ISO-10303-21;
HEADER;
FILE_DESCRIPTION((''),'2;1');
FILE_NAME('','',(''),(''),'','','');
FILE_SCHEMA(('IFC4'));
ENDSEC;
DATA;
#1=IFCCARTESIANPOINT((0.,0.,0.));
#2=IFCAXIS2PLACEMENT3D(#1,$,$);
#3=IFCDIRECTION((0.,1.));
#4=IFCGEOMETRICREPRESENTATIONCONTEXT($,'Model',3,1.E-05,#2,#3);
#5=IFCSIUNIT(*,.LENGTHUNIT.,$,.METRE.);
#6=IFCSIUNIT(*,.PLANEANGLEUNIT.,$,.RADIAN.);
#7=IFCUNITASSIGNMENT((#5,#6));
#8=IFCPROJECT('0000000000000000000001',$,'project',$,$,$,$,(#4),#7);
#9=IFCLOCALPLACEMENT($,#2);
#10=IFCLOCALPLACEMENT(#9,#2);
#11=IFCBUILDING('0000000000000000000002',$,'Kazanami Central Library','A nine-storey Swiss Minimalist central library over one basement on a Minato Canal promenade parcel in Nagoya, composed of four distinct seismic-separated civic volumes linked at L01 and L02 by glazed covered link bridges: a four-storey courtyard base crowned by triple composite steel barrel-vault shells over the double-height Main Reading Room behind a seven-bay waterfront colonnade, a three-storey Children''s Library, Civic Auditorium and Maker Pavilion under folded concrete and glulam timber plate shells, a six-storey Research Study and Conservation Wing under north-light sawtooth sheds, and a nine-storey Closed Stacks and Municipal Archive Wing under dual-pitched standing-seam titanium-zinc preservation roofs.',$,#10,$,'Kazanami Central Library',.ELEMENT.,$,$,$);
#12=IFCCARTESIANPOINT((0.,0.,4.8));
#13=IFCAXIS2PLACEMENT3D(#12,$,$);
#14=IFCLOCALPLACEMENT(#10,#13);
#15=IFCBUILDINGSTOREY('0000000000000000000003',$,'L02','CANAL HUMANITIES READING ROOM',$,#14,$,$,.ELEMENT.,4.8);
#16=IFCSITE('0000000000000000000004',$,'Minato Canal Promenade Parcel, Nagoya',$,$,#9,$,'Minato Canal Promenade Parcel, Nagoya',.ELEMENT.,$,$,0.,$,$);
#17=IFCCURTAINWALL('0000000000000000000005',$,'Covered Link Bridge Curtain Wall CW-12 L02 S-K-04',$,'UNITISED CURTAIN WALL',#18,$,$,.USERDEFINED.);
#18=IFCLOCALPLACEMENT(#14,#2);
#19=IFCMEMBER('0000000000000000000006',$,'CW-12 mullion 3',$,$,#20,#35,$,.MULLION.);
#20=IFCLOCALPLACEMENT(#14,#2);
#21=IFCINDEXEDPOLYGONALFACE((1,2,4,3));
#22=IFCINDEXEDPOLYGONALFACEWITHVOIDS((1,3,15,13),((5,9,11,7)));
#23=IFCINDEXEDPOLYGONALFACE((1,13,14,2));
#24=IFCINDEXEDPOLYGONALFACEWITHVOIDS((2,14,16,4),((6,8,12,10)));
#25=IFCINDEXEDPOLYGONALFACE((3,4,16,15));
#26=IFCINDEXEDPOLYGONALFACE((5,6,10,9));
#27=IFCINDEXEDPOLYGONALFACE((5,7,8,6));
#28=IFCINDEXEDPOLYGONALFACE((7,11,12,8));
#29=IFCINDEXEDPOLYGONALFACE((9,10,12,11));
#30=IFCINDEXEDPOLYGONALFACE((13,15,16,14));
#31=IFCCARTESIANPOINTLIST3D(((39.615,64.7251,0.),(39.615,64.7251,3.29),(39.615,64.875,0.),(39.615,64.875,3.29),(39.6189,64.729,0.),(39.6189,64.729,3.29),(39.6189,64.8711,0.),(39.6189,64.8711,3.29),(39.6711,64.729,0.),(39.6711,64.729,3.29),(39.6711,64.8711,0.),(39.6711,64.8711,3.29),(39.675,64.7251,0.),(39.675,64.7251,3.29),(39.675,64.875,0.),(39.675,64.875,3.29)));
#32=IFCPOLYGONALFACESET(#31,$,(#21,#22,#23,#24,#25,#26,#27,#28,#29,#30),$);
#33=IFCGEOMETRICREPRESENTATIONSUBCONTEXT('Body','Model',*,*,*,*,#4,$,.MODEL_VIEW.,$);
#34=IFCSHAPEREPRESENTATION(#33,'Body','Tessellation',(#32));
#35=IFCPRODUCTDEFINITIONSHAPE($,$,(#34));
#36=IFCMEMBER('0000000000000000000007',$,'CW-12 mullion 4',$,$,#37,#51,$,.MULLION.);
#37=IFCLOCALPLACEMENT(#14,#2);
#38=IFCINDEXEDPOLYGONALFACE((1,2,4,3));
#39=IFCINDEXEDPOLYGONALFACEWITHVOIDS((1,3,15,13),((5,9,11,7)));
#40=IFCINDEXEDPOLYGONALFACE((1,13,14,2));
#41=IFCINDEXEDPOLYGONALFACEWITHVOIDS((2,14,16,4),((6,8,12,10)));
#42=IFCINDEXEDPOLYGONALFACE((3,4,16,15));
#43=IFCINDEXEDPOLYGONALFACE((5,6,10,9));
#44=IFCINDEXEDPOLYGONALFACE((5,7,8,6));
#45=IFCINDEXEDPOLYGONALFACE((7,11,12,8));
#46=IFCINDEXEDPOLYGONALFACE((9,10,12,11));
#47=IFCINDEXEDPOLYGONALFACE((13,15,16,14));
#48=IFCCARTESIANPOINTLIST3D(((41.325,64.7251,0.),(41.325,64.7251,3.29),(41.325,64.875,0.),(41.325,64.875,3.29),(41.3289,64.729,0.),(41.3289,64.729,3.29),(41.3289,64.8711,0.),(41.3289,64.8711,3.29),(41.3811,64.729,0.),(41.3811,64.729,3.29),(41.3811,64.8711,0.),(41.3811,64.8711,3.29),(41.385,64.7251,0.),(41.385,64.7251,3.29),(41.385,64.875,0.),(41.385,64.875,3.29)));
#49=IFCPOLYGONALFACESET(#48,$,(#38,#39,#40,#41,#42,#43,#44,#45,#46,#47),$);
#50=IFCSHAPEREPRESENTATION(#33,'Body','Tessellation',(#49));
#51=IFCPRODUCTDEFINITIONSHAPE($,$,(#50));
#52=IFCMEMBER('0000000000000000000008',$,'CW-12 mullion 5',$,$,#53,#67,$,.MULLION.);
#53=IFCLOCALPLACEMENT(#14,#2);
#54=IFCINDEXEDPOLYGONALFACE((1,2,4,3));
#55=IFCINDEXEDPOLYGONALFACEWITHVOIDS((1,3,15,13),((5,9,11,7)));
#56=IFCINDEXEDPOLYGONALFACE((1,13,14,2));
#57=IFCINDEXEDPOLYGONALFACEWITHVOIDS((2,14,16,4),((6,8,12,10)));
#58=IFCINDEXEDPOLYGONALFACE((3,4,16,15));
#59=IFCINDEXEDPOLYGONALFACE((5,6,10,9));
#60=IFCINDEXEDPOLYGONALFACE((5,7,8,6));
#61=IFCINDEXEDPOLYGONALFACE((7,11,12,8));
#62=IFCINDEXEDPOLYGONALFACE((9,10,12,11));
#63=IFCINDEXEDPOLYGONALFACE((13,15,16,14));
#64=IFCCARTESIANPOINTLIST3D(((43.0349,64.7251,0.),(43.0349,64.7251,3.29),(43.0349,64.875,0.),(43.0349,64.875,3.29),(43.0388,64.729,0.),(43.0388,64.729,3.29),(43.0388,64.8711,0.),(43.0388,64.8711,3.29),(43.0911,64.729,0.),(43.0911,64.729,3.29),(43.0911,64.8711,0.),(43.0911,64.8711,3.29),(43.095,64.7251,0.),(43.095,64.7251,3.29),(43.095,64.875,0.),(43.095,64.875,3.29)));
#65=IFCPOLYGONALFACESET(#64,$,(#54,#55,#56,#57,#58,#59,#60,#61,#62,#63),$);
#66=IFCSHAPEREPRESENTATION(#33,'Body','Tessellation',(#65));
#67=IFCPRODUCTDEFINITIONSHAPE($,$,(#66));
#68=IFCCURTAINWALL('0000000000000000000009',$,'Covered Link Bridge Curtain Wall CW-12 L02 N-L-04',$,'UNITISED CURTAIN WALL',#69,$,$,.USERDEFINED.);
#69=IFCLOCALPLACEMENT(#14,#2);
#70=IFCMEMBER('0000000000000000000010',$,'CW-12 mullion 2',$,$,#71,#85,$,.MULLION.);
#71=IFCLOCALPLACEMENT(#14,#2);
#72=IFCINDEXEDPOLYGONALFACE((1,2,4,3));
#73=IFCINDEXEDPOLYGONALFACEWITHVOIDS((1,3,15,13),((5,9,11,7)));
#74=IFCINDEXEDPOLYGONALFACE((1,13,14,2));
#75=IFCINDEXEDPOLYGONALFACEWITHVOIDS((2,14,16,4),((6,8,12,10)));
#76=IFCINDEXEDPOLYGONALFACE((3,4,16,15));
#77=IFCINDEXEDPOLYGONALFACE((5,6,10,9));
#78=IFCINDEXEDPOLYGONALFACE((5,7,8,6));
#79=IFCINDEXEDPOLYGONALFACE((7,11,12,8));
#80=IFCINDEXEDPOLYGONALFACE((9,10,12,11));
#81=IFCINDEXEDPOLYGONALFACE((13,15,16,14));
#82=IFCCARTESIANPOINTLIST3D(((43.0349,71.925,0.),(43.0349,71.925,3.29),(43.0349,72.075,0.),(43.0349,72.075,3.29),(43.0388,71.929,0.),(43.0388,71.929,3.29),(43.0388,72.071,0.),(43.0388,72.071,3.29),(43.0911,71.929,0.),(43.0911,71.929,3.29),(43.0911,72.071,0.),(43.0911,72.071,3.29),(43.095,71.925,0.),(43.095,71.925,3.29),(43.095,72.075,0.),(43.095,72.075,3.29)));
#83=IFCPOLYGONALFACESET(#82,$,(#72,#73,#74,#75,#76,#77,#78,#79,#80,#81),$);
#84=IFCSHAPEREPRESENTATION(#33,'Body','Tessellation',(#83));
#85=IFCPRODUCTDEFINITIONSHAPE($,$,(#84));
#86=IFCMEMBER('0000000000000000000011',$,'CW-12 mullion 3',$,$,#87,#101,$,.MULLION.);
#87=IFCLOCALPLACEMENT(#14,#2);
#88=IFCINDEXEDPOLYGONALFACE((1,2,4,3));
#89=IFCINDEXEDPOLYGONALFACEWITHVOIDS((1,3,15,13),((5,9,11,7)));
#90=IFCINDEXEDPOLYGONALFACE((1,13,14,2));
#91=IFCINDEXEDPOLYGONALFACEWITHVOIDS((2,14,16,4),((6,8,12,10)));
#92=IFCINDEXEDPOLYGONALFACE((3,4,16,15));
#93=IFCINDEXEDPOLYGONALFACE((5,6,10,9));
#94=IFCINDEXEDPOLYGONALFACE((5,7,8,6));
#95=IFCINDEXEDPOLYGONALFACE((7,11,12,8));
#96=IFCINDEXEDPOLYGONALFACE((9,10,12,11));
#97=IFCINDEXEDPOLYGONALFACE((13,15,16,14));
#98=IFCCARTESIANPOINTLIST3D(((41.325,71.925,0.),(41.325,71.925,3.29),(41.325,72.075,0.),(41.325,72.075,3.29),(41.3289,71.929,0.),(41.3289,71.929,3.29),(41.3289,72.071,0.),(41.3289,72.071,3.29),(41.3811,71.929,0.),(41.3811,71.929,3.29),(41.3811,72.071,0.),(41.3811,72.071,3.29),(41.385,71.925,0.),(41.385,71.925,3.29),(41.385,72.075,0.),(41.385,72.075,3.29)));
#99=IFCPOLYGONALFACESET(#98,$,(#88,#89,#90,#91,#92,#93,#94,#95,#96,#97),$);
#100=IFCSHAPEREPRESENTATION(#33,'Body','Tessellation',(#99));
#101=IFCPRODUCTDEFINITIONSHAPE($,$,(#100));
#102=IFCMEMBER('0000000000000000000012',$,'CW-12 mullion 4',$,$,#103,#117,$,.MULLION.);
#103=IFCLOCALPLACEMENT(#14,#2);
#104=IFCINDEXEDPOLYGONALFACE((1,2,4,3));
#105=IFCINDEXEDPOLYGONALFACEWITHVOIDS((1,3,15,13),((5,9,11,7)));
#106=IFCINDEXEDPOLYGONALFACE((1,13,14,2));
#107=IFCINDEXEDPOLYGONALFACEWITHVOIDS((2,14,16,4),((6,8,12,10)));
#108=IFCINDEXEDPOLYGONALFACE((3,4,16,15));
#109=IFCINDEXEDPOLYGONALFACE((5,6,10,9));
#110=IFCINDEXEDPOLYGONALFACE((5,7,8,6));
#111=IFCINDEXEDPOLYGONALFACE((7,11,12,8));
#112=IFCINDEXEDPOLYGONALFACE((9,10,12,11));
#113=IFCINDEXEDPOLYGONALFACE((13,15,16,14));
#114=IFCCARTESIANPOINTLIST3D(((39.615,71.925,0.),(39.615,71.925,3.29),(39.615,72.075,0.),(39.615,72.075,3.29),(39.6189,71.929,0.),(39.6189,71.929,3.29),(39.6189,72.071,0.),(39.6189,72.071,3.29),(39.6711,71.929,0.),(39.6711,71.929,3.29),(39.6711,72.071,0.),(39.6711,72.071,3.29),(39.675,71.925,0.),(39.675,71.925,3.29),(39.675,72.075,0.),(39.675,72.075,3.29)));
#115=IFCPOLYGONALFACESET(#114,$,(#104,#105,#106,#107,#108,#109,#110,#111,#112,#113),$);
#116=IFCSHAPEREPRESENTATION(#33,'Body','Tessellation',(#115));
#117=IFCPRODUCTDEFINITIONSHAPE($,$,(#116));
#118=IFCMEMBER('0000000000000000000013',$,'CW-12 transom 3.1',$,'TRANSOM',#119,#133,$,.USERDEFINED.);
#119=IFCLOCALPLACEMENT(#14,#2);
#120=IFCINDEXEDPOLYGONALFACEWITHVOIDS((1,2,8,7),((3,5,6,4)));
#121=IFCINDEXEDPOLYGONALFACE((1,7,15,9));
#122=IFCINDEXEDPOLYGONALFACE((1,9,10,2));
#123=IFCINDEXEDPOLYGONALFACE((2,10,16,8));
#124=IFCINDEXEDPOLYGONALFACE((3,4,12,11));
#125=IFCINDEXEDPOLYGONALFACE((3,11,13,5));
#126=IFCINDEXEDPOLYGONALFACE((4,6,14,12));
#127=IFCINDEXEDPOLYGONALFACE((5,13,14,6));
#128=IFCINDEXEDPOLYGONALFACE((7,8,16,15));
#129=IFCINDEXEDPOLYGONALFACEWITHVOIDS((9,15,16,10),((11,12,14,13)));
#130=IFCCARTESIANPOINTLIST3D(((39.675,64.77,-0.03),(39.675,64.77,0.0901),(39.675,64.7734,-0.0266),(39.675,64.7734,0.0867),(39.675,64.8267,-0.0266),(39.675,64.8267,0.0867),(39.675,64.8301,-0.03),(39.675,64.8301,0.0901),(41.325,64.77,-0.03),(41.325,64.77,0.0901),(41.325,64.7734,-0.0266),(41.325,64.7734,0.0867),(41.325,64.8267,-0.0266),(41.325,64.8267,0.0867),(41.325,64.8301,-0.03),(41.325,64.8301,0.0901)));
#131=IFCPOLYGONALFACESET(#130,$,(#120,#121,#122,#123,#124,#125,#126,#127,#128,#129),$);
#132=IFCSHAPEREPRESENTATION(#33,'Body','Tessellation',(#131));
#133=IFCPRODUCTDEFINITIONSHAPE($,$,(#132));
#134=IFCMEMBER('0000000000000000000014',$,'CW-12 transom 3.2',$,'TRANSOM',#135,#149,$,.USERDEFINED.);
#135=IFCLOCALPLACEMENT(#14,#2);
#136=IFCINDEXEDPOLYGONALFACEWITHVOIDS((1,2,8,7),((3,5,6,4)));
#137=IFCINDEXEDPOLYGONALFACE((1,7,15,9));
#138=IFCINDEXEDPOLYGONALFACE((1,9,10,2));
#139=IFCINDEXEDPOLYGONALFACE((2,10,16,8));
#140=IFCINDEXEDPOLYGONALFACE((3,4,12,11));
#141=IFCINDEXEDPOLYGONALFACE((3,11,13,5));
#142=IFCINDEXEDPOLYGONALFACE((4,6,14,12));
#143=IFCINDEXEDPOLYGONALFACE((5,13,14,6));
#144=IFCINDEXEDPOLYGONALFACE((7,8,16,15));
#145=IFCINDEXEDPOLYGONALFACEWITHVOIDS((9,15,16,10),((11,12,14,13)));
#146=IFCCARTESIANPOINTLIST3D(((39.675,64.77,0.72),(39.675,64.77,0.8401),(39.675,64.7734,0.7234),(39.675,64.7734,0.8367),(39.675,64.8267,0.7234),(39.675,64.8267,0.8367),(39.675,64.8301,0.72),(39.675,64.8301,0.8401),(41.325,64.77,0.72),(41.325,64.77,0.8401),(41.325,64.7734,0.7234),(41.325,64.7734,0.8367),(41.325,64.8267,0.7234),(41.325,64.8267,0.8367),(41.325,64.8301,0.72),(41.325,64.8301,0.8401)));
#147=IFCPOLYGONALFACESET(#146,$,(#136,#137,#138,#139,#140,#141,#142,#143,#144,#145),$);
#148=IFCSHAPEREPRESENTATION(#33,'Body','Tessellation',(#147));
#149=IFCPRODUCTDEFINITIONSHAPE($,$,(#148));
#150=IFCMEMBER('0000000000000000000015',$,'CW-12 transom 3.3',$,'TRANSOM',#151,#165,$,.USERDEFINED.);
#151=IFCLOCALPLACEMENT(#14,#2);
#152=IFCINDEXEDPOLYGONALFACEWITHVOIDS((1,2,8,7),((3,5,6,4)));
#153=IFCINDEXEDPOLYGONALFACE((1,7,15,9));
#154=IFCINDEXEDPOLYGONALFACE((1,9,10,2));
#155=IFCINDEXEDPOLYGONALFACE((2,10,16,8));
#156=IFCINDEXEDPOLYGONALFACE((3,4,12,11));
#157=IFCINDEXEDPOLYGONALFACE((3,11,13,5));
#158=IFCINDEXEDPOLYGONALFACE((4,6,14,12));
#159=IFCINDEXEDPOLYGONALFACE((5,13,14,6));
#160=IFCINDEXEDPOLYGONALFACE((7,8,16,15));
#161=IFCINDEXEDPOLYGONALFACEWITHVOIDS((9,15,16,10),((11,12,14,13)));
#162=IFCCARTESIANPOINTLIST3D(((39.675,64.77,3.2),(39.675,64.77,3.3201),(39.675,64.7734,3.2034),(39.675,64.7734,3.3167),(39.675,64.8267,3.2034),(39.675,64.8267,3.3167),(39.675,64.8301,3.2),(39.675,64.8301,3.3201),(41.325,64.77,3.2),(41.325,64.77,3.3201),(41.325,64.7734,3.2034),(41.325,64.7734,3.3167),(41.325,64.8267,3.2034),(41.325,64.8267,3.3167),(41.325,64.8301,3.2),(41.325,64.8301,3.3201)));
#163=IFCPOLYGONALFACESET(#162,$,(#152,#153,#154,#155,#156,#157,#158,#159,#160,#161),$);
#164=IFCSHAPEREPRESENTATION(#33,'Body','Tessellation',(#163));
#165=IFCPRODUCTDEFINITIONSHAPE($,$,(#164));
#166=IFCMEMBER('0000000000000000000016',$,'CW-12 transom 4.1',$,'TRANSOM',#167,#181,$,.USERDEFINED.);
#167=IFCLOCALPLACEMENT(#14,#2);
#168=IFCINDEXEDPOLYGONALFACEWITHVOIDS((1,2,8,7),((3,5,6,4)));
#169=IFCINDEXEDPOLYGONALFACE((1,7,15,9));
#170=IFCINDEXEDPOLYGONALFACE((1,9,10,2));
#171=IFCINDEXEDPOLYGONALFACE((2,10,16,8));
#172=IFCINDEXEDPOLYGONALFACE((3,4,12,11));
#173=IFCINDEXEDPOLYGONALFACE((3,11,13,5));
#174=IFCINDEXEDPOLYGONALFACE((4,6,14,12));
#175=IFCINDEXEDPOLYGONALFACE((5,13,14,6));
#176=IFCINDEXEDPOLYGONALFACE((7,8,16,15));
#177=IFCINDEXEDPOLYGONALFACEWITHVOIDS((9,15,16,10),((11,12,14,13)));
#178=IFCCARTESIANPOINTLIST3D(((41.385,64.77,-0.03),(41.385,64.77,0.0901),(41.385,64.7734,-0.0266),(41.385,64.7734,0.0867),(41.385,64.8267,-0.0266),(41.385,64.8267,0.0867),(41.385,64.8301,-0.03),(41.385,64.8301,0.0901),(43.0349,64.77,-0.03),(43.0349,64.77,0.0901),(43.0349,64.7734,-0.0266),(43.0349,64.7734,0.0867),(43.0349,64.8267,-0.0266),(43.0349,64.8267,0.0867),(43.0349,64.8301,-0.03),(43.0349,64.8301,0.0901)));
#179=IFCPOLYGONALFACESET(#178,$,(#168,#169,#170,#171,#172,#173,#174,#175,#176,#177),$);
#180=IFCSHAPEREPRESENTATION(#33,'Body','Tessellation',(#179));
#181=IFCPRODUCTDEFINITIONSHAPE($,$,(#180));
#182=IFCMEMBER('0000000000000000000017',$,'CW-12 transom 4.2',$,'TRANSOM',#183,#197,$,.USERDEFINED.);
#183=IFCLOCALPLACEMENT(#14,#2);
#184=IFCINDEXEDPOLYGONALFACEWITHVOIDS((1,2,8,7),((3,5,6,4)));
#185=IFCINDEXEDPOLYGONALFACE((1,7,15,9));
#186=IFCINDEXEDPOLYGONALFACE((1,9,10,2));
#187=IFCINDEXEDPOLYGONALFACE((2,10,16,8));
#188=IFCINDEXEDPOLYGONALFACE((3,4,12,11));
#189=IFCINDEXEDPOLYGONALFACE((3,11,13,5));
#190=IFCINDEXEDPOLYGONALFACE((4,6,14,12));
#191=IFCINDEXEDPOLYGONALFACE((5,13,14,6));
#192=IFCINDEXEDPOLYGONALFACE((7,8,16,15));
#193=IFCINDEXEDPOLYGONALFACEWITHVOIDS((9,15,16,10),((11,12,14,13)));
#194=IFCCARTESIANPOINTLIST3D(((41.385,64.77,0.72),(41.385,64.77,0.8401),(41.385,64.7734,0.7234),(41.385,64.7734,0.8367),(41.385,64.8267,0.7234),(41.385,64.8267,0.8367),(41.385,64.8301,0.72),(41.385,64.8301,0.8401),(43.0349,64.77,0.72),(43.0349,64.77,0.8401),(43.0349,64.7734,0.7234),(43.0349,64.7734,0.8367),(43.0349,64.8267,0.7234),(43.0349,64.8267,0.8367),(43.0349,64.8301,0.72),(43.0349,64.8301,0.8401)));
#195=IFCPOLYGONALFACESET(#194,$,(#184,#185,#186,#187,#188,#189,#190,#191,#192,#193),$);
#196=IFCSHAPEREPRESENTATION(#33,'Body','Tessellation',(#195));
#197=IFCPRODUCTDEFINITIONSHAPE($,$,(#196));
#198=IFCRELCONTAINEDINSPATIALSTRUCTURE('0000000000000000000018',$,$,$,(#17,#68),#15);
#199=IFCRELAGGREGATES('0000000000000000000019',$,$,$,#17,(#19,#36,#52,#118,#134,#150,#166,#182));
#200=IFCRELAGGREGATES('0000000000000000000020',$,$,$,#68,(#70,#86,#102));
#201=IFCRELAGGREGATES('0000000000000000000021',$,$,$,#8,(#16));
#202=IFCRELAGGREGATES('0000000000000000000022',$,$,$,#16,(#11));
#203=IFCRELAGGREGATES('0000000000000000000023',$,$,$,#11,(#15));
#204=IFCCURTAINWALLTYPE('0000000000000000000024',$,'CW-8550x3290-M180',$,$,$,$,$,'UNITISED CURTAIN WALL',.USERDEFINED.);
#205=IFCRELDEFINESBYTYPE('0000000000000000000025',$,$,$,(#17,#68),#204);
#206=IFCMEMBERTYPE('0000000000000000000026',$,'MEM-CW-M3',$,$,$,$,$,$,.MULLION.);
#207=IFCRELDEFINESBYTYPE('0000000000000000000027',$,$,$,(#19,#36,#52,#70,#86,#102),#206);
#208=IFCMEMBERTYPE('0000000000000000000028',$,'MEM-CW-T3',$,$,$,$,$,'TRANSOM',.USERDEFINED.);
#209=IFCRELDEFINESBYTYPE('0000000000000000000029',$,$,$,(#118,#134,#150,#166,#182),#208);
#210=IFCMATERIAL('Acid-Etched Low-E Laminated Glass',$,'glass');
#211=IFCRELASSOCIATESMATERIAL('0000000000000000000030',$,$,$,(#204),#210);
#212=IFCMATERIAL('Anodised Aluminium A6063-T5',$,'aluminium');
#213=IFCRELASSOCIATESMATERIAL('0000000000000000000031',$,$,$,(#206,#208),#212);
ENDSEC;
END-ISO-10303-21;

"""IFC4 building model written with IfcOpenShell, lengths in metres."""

from ifc_helpers import new_model, si_unit, direction, frame, origin, origin_2d, place, context, subcontext, project, spatial, hollow_rectangle, extrude, material, material_profile, profile_set, type_object, element, aggregate, save


model = new_model("IFC4")

# Units and contexts
model_context = context("Model", 3, precision=1e-05, world=origin(), true_north=direction((0.0, 1.0)))
body_context = subcontext(model_context, "Body", "Model", "MODEL_VIEW")
ifc_project = project(units=[si_unit("LENGTHUNIT", "METRE"), si_unit("PLANEANGLEUNIT", "RADIAN")], contexts=[model_context])

# Site, building, storey
site_placement = place(None, origin())
site = spatial("IfcSite", under=ifc_project, at=site_placement, Name="Minato Canal Promenade Parcel, Nagoya", LongName="Minato Canal Promenade Parcel, Nagoya", CompositionType="ELEMENT", RefElevation=0.0)
building_placement = place(site_placement, origin())
building = spatial("IfcBuilding", under=site, at=building_placement, Name="Kazanami Central Library", Description="A nine-storey Swiss Minimalist central library over one basement on a Minato Canal promenade parcel in Nagoya, composed of four distinct seismic-separated civic volumes linked at L01 and L02 by glazed covered link bridges: a four-storey courtyard base crowned by triple composite steel barrel-vault shells over the double-height Main Reading Room behind a seven-bay waterfront colonnade, a three-storey Children's Library, Civic Auditorium and Maker Pavilion under folded concrete and glulam timber plate shells, a six-storey Research Study and Conservation Wing under north-light sawtooth sheds, and a nine-storey Closed Stacks and Municipal Archive Wing under dual-pitched standing-seam titanium-zinc preservation roofs.", LongName="Kazanami Central Library", CompositionType="ELEMENT")
storey_placement = place(building_placement, frame((0.0, 0.0, 4.8)))
storey = spatial("IfcBuildingStorey", under=building, at=storey_placement, Name="L02", Description="CANAL HUMANITIES READING ROOM", CompositionType="ELEMENT", Elevation=4.8)

# Curtain walls, members
ifc_material_1 = material(Name="Acid-Etched Low-E Laminated Glass", Category="glass")
curtain_wall_type = type_object("IfcCurtainWallType", Name="CW-8550x3290-M180", ElementType="UNITISED CURTAIN WALL", PredefinedType="USERDEFINED", material=ifc_material_1)
curtain_wall_1_placement = place(storey_placement, origin())
curtain_wall_1 = element("IfcCurtainWall", 1, at=curtain_wall_1_placement, inside=storey, type_object=curtain_wall_type, Name="Covered Link Bridge Curtain Wall CW-12 L02 S-K-04", ObjectType="UNITISED CURTAIN WALL", PredefinedType="USERDEFINED")
ifc_material_2 = material(Name="Anodised Aluminium A6063-T5", Category="aluminium")
ifc_material_profile_1 = material_profile(ifc_material_2, hollow_rectangle(XDim=0.0601, YDim=0.1499, WallThickness=0.0039, at=origin_2d()), Name="ALU-MULL-60x150x4")
ifc_profile_set_1 = profile_set([ifc_material_profile_1], Name="Anodised Aluminium A6063-T5")
member_type_1 = type_object("IfcMemberType", Name="MEM-CW-M3", PredefinedType="MULLION", material=ifc_profile_set_1)
member_1_placement = place(storey_placement, frame((39.645, 64.8, 0.0), z_axis=(0.0, 0.0, 1.0), x_axis=(1.0, 0.0, 0.0)))
member_1 = element("IfcMember", 2, at=member_1_placement, type_object=member_type_1, Name="CW-12 mullion 3", PredefinedType="MULLION", context=body_context, shape_type="SweptSolid", body=[
    extrude(hollow_rectangle(XDim=0.0601, YDim=0.1499, WallThickness=0.0039, at=origin_2d()), origin(), (0.0, 0.0, 1.0), 3.29),
])
member_2_placement = place(storey_placement, frame((41.355, 64.8, 0.0), z_axis=(0.0, 0.0, 1.0), x_axis=(1.0, 0.0, 0.0)))
member_2 = element("IfcMember", 3, at=member_2_placement, type_object=member_type_1, Name="CW-12 mullion 4", PredefinedType="MULLION", context=body_context, shape_type="SweptSolid", body=[
    extrude(hollow_rectangle(XDim=0.0601, YDim=0.1499, WallThickness=0.0039, at=origin_2d()), origin(), (0.0, 0.0, 1.0), 3.29),
])
member_3_placement = place(storey_placement, frame((43.0649, 64.8, 0.0), z_axis=(0.0, 0.0, 1.0), x_axis=(1.0, 0.0, 0.0)))
member_3 = element("IfcMember", 4, at=member_3_placement, type_object=member_type_1, Name="CW-12 mullion 5", PredefinedType="MULLION", context=body_context, shape_type="SweptSolid", body=[
    extrude(hollow_rectangle(XDim=0.0601, YDim=0.1499, WallThickness=0.0039, at=origin_2d()), origin(), (0.0, 0.0, 1.0), 3.29),
])
curtain_wall_2_placement = place(storey_placement, origin())
curtain_wall_2 = element("IfcCurtainWall", 5, at=curtain_wall_2_placement, inside=storey, type_object=curtain_wall_type, Name="Covered Link Bridge Curtain Wall CW-12 L02 N-L-04", ObjectType="UNITISED CURTAIN WALL", PredefinedType="USERDEFINED")
member_4_placement = place(storey_placement, frame((43.0649, 72.0, 0.0), z_axis=(0.0, 0.0, 1.0), x_axis=(-1.0, 0.0, 0.0)))
member_4 = element("IfcMember", 6, at=member_4_placement, type_object=member_type_1, Name="CW-12 mullion 2", PredefinedType="MULLION", context=body_context, shape_type="SweptSolid", body=[
    extrude(hollow_rectangle(XDim=0.0601, YDim=0.1499, WallThickness=0.0039, at=origin_2d()), origin(), (0.0, 0.0, 1.0), 3.29),
])
member_5_placement = place(storey_placement, frame((41.355, 72.0, 0.0), z_axis=(0.0, 0.0, 1.0), x_axis=(-1.0, 0.0, 0.0)))
member_5 = element("IfcMember", 7, at=member_5_placement, type_object=member_type_1, Name="CW-12 mullion 3", PredefinedType="MULLION", context=body_context, shape_type="SweptSolid", body=[
    extrude(hollow_rectangle(XDim=0.0601, YDim=0.1499, WallThickness=0.0039, at=origin_2d()), origin(), (0.0, 0.0, 1.0), 3.29),
])
member_6_placement = place(storey_placement, frame((39.645, 72.0, 0.0), z_axis=(0.0, 0.0, 1.0), x_axis=(-1.0, 0.0, 0.0)))
member_6 = element("IfcMember", 8, at=member_6_placement, type_object=member_type_1, Name="CW-12 mullion 4", PredefinedType="MULLION", context=body_context, shape_type="SweptSolid", body=[
    extrude(hollow_rectangle(XDim=0.0601, YDim=0.1499, WallThickness=0.0039, at=origin_2d()), origin(), (0.0, 0.0, 1.0), 3.29),
])

# Members
ifc_material_profile_2 = material_profile(ifc_material_2, hollow_rectangle(XDim=0.0601, YDim=0.1201, WallThickness=0.0034, at=origin_2d()), Name="ALU-TRAN-60x120x3.5")
ifc_profile_set_2 = profile_set([ifc_material_profile_2], Name="Anodised Aluminium A6063-T5")
member_type_2 = type_object("IfcMemberType", Name="MEM-CW-T3", ElementType="TRANSOM", PredefinedType="USERDEFINED", material=ifc_profile_set_2)
member_7_placement = place(storey_placement, frame((39.675, 64.8, 0.03), z_axis=(1.0, 0.0, 0.0), x_axis=(0.0, 1.0, 0.0)))
member_7 = element("IfcMember", 9, at=member_7_placement, type_object=member_type_2, Name="CW-12 transom 3.1", ObjectType="TRANSOM", PredefinedType="USERDEFINED", context=body_context, shape_type="SweptSolid", body=[
    extrude(hollow_rectangle(XDim=0.0601, YDim=0.1201, WallThickness=0.0034, at=origin_2d()), origin(), (0.0, 0.0, 1.0), 1.6499),
])
member_8_placement = place(storey_placement, frame((39.675, 64.8, 0.78), z_axis=(1.0, 0.0, 0.0), x_axis=(0.0, 1.0, 0.0)))
member_8 = element("IfcMember", 10, at=member_8_placement, type_object=member_type_2, Name="CW-12 transom 3.2", ObjectType="TRANSOM", PredefinedType="USERDEFINED", context=body_context, shape_type="SweptSolid", body=[
    extrude(hollow_rectangle(XDim=0.0601, YDim=0.1201, WallThickness=0.0034, at=origin_2d()), origin(), (0.0, 0.0, 1.0), 1.6499),
])
member_9_placement = place(storey_placement, frame((39.675, 64.8, 3.26), z_axis=(1.0, 0.0, 0.0), x_axis=(0.0, 1.0, 0.0)))
member_9 = element("IfcMember", 11, at=member_9_placement, type_object=member_type_2, Name="CW-12 transom 3.3", ObjectType="TRANSOM", PredefinedType="USERDEFINED", context=body_context, shape_type="SweptSolid", body=[
    extrude(hollow_rectangle(XDim=0.0601, YDim=0.1201, WallThickness=0.0034, at=origin_2d()), origin(), (0.0, 0.0, 1.0), 1.6499),
])
member_10_placement = place(storey_placement, frame((41.385, 64.8, 0.03), z_axis=(1.0, 0.0, 0.0), x_axis=(0.0, 1.0, 0.0)))
member_10 = element("IfcMember", 12, at=member_10_placement, type_object=member_type_2, Name="CW-12 transom 4.1", ObjectType="TRANSOM", PredefinedType="USERDEFINED", context=body_context, shape_type="SweptSolid", body=[
    extrude(hollow_rectangle(XDim=0.0601, YDim=0.1201, WallThickness=0.0034, at=origin_2d()), origin(), (0.0, 0.0, 1.0), 1.6499),
])
member_11_placement = place(storey_placement, frame((41.385, 64.8, 0.78), z_axis=(1.0, 0.0, 0.0), x_axis=(0.0, 1.0, 0.0)))
member_11 = element("IfcMember", 13, at=member_11_placement, type_object=member_type_2, Name="CW-12 transom 4.2", ObjectType="TRANSOM", PredefinedType="USERDEFINED", context=body_context, shape_type="SweptSolid", body=[
    extrude(hollow_rectangle(XDim=0.0601, YDim=0.1201, WallThickness=0.0034, at=origin_2d()), origin(), (0.0, 0.0, 1.0), 1.6499),
])

aggregate(curtain_wall_1, [member_1, member_2, member_3, member_7, member_8, member_9, member_10, member_11])
aggregate(curtain_wall_2, [member_4, member_5, member_6])

save(model, "model.ifc")
